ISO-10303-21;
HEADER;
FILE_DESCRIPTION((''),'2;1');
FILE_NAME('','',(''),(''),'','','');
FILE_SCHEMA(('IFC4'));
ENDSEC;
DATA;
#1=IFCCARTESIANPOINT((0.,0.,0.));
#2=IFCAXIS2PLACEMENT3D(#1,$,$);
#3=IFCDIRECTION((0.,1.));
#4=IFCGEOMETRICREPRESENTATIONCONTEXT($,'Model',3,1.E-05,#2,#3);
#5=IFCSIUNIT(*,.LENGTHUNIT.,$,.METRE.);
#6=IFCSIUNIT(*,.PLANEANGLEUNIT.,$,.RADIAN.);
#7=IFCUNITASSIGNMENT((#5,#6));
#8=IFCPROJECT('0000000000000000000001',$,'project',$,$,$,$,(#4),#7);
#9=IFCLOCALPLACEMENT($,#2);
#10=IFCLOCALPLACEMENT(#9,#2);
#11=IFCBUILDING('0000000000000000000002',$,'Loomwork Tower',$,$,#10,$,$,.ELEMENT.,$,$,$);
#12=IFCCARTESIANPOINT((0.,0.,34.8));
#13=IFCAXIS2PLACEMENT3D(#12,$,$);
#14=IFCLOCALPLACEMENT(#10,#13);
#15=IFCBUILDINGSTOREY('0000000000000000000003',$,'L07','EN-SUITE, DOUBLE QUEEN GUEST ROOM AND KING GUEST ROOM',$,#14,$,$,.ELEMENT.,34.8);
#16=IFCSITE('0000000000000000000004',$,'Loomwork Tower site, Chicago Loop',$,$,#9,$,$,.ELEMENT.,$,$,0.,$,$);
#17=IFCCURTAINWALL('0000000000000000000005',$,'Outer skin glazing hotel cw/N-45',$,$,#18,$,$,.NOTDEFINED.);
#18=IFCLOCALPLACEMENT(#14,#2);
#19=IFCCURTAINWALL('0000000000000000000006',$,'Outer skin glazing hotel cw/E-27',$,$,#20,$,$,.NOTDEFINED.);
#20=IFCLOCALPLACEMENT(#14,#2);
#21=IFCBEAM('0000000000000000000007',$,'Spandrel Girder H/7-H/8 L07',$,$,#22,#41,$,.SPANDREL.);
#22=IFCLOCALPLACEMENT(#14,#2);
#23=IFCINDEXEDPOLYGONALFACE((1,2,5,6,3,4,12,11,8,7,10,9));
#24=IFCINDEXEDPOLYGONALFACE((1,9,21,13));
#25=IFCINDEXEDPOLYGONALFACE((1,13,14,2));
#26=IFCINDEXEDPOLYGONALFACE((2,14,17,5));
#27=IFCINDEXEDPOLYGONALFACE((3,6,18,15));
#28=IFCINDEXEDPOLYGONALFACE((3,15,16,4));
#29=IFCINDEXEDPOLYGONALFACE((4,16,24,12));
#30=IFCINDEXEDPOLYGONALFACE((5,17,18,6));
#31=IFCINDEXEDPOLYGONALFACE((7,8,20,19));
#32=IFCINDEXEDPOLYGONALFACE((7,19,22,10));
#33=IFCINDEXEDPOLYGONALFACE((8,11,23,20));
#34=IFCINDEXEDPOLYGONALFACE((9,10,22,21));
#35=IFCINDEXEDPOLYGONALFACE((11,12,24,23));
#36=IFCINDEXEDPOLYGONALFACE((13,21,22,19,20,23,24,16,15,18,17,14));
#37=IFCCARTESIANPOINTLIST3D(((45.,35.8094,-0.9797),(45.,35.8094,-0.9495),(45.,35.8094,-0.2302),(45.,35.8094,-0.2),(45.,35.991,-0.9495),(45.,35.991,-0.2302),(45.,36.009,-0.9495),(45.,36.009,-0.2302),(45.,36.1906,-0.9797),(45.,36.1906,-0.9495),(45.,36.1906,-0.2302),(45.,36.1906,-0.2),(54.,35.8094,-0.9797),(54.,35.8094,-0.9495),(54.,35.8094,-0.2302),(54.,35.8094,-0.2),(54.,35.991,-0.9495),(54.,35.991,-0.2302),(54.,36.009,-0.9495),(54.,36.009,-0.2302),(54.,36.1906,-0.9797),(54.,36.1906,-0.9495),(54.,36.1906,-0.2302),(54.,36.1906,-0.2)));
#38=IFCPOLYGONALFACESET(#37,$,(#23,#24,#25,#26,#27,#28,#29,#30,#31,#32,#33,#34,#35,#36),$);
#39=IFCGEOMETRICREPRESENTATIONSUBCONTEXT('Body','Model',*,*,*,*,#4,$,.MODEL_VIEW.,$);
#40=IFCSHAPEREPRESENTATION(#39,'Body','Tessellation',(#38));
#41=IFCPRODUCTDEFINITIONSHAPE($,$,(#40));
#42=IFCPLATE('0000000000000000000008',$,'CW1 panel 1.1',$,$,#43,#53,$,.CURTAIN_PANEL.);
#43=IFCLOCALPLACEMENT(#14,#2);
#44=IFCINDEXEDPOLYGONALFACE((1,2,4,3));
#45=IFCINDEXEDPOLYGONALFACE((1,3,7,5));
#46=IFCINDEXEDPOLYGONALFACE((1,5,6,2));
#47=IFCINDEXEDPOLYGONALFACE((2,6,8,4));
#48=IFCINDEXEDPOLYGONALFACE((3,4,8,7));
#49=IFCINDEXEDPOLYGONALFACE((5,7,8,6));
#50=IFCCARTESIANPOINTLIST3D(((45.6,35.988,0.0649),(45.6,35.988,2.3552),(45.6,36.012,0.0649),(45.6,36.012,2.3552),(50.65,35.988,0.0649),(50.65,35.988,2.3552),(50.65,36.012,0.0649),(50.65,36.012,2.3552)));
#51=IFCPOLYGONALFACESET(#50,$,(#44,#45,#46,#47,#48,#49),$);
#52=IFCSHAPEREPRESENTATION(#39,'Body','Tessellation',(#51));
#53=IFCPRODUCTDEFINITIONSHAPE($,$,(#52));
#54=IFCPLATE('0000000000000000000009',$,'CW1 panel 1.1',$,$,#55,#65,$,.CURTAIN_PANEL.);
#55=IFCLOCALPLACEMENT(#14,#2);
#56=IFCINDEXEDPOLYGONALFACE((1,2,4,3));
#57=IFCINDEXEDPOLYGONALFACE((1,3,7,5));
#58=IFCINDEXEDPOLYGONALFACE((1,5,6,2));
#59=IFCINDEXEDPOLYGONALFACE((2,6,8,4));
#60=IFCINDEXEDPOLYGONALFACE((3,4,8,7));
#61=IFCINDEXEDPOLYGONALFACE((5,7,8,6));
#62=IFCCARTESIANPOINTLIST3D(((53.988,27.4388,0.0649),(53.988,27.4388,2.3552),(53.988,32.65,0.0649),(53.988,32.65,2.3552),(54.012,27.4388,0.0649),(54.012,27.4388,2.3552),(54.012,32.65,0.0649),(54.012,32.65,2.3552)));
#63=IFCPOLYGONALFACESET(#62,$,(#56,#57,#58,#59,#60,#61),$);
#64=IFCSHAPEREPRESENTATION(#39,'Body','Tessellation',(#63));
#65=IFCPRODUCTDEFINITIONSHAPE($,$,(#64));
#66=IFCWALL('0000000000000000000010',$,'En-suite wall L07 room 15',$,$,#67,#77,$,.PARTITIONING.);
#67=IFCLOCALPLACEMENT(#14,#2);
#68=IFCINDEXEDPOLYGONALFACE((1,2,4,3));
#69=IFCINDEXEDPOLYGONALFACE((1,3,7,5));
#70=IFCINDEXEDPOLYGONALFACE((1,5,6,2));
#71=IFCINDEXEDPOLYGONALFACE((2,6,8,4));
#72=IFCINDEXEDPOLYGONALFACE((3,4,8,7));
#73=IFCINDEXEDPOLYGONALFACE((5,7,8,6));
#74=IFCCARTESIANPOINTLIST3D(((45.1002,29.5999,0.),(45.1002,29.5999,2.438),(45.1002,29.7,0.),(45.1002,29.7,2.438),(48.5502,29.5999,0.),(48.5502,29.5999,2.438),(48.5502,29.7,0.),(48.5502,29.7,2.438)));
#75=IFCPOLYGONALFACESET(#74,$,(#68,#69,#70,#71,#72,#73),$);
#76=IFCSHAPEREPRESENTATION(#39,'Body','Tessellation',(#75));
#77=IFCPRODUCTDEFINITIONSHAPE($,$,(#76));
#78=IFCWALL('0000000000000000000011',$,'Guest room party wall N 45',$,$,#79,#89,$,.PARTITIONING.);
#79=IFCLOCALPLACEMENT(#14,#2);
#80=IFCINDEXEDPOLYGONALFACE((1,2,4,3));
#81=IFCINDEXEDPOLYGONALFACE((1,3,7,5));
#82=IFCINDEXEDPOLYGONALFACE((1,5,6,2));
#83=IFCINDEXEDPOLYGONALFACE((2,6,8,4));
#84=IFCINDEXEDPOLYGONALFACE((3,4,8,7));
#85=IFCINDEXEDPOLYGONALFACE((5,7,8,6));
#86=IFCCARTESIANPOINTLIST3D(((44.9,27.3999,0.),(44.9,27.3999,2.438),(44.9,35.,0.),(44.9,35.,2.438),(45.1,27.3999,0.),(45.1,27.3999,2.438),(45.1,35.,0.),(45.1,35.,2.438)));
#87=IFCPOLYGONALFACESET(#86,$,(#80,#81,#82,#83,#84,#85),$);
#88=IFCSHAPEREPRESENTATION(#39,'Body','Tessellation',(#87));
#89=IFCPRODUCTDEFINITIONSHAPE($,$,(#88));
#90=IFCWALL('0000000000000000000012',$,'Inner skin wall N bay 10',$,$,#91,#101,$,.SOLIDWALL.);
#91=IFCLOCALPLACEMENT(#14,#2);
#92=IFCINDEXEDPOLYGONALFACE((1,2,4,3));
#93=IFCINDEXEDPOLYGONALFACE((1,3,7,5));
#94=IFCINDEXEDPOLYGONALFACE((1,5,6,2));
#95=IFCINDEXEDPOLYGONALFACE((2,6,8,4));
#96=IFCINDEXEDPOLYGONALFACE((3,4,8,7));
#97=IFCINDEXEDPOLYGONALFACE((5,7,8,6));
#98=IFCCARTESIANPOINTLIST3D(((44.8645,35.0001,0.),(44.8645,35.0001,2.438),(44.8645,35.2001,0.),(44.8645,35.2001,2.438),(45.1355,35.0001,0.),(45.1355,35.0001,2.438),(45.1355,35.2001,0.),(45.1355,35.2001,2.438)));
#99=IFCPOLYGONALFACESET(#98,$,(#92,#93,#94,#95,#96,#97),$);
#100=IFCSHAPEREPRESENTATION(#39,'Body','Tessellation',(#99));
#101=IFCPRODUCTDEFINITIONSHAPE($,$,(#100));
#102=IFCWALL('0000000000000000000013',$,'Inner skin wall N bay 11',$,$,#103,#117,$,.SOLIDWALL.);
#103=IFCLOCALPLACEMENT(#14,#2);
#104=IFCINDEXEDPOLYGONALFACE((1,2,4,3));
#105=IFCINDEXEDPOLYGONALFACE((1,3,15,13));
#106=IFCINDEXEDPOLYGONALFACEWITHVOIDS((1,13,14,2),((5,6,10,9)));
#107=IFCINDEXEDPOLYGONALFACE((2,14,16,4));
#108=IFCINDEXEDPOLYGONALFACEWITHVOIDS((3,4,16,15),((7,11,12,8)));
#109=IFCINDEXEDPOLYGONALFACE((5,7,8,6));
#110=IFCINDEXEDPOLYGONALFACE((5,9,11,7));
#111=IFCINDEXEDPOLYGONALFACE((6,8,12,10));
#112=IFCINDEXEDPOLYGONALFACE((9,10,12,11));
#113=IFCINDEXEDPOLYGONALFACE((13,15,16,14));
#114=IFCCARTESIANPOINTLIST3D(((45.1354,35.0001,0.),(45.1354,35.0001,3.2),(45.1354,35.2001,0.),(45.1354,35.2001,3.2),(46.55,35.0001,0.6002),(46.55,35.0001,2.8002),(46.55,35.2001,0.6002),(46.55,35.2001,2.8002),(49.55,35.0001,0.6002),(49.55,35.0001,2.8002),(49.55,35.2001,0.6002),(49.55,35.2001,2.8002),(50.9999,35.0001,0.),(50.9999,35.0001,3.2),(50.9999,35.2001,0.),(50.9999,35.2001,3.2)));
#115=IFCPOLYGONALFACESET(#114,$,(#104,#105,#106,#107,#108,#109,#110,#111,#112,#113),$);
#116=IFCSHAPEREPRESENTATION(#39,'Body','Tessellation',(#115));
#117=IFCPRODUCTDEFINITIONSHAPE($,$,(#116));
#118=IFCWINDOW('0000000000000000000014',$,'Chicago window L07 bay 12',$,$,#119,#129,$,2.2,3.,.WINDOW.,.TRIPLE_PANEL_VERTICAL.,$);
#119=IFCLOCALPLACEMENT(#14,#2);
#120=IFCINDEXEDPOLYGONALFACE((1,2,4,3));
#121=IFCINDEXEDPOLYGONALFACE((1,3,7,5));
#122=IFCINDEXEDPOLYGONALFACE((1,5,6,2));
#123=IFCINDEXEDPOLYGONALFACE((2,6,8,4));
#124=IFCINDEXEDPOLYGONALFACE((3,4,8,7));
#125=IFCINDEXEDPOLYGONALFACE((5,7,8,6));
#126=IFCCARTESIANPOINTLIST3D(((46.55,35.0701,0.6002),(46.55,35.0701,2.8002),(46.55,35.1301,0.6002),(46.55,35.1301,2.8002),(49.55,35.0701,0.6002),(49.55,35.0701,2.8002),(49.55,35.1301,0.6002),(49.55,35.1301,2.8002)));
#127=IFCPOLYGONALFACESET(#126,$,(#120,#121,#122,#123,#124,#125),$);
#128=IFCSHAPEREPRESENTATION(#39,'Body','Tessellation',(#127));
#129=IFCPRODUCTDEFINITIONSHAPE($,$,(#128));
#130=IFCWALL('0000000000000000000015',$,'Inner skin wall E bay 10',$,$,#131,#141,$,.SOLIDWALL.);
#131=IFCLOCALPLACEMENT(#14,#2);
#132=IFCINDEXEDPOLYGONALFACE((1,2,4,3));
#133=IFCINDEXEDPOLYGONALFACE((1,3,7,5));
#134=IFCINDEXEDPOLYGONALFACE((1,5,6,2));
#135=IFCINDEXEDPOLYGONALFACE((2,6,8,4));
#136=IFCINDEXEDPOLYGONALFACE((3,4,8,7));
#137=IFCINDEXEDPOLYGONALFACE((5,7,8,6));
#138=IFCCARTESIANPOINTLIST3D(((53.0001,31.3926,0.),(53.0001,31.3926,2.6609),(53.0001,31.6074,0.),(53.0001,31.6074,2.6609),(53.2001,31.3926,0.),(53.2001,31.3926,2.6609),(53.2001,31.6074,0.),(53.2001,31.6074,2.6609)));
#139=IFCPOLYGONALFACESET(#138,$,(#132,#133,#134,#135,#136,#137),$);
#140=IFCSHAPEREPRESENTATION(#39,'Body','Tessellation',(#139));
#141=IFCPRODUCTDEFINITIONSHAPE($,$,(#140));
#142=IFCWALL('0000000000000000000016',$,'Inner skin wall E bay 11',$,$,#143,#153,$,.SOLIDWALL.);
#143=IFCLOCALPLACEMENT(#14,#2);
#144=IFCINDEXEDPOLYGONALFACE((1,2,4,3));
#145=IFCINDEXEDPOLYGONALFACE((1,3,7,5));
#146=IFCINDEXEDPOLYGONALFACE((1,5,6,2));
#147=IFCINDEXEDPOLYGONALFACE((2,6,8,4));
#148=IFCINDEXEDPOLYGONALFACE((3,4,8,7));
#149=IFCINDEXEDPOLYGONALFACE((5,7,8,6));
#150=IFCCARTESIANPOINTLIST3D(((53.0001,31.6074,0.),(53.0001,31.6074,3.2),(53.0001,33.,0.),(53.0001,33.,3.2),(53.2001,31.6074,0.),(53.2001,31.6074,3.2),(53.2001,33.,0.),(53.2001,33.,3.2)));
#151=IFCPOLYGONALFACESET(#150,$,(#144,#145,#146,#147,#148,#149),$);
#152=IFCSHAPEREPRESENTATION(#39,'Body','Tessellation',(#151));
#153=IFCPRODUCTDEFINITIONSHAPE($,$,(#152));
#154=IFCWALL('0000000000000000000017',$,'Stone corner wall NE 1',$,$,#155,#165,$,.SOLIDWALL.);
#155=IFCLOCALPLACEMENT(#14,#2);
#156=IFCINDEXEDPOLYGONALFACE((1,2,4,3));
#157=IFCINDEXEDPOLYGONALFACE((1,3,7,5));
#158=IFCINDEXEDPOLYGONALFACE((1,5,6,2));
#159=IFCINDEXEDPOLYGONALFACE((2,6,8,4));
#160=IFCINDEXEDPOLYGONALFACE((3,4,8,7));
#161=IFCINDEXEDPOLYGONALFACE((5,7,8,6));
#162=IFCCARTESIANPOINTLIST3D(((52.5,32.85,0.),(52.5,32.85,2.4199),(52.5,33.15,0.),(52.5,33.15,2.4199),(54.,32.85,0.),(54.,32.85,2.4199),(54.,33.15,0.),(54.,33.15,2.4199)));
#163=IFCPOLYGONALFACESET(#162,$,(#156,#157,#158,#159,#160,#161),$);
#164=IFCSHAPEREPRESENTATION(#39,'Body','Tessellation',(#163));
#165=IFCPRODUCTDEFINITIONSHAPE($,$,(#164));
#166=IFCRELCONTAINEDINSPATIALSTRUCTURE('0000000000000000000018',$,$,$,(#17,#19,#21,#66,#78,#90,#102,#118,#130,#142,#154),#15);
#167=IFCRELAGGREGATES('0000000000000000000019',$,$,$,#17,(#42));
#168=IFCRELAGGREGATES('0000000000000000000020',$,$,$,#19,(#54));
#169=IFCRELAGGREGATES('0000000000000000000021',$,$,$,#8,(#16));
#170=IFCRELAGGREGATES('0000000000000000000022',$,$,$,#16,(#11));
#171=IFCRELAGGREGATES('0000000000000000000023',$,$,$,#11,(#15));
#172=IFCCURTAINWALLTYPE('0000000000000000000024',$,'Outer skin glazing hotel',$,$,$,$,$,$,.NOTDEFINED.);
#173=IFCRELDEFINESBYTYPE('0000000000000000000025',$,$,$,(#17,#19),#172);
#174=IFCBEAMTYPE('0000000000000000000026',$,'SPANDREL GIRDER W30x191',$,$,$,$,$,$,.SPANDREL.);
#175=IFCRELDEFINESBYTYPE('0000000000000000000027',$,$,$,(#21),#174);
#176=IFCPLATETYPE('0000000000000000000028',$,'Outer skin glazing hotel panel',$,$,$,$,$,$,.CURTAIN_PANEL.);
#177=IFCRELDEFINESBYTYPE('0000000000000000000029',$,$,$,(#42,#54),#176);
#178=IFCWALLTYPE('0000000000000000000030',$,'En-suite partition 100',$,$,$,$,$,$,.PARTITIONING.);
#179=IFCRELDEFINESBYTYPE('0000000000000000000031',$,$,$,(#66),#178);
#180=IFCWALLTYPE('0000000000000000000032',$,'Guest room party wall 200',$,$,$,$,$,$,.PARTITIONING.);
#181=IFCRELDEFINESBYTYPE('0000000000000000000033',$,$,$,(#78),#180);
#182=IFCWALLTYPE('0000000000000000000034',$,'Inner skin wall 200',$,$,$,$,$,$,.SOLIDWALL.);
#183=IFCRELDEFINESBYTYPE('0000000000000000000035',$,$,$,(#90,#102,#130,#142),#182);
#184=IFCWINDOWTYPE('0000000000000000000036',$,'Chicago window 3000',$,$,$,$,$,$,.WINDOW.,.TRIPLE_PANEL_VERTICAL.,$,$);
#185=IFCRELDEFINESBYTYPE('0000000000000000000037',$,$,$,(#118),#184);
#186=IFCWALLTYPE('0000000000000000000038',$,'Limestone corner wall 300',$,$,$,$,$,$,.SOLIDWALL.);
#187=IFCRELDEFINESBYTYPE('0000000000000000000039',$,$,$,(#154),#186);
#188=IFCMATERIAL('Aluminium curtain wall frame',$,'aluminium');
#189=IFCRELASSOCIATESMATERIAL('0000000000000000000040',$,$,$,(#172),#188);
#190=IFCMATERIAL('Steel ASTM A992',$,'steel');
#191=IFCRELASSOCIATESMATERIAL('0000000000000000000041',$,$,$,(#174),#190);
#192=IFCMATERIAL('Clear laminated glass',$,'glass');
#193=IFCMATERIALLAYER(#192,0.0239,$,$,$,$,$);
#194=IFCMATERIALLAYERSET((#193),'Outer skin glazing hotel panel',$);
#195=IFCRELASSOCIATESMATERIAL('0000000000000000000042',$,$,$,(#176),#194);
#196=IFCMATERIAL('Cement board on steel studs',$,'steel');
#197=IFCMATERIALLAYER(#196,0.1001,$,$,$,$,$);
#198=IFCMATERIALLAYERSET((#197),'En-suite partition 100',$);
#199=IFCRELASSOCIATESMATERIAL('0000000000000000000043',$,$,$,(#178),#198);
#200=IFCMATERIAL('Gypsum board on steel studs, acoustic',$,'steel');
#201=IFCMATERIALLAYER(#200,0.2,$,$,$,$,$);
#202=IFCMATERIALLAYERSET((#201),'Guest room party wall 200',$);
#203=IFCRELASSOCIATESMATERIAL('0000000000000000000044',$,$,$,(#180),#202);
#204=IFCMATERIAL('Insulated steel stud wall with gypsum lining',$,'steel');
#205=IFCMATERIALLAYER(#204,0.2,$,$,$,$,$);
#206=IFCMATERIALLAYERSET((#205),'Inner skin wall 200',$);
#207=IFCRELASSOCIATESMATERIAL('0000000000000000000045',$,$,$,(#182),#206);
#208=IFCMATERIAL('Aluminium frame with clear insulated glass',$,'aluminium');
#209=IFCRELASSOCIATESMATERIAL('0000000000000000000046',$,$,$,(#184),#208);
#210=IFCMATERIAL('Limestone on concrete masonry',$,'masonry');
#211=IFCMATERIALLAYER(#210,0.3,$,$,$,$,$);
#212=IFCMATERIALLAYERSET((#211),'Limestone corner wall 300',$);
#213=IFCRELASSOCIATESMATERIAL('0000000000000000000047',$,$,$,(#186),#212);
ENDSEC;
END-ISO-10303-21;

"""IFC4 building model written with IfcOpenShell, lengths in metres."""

from ifc_helpers import new_model, si_unit, direction, frame, frame_2d, origin, origin_2d, place, context, subcontext, project, spatial, rectangle, i_section, extrude, material, layer, layer_set, material_profile, profile_set, type_object, element, fill, aggregate, save


model = new_model("IFC4")

# Units and contexts
model_context = context("Model", 3, precision=1e-05, world=origin(), true_north=direction((0.0, 1.0)))
body_context = subcontext(model_context, "Body", "Model", "MODEL_VIEW")
ifc_project = project(units=[si_unit("LENGTHUNIT", "METRE"), si_unit("PLANEANGLEUNIT", "RADIAN")], contexts=[model_context])

# Site, building, storey
site_placement = place(None, origin())
site = spatial("IfcSite", under=ifc_project, at=site_placement, Name="Loomwork Tower site, Chicago Loop", CompositionType="ELEMENT", RefElevation=0.0)
building_placement = place(site_placement, origin())
building = spatial("IfcBuilding", under=site, at=building_placement, Name="Loomwork Tower", CompositionType="ELEMENT")
storey_placement = place(building_placement, frame((0.0, 0.0, 34.8)))
storey = spatial("IfcBuildingStorey", under=building, at=storey_placement, Name="L07", Description="EN-SUITE, DOUBLE QUEEN GUEST ROOM AND KING GUEST ROOM", CompositionType="ELEMENT", Elevation=34.8)

# Shared definitions
ifc_material_1 = material(Name="Aluminium curtain wall frame", Category="aluminium")
curtain_wall_type = type_object("IfcCurtainWallType", Name="Outer skin glazing hotel", PredefinedType="NOTDEFINED", material=ifc_material_1)

# Curtain wall
curtain_wall_1_placement = place(storey_placement, origin())
curtain_wall_1 = element("IfcCurtainWall", 1, at=curtain_wall_1_placement, inside=storey, type_object=curtain_wall_type, Name="Outer skin glazing hotel cw/N-45", PredefinedType="NOTDEFINED")

# Curtain wall
curtain_wall_2_placement = place(storey_placement, origin())
curtain_wall_2 = element("IfcCurtainWall", 2, at=curtain_wall_2_placement, inside=storey, type_object=curtain_wall_type, Name="Outer skin glazing hotel cw/E-27", PredefinedType="NOTDEFINED")

# Beam
ifc_material_2 = material(Name="Steel ASTM A992", Category="steel")
ifc_material_profile_1 = material_profile(ifc_material_2, i_section(OverallWidth=0.3811, OverallDepth=0.7798, WebThickness=0.0181, FlangeThickness=0.0303, at=origin_2d()), Name="W30x191")
ifc_profile_set_1 = profile_set([ifc_material_profile_1], Name="Steel ASTM A992")
beam_type_1 = type_object("IfcBeamType", Name="SPANDREL GIRDER W30x191", PredefinedType="SPANDREL", material=ifc_profile_set_1)
beam_1_placement = place(storey_placement, frame((45.0, 36.0, -0.5898), z_axis=(1.0, 0.0, 0.0), x_axis=(0.0, 1.0, 0.0)))
element("IfcBeam", 3, at=beam_1_placement, inside=storey, type_object=beam_type_1, Name="Spandrel Girder H/7-H/8 L07", PredefinedType="SPANDREL", context=body_context, shape_type="SweptSolid", body=[
    extrude(i_section(OverallWidth=0.3811, OverallDepth=0.7798, WebThickness=0.0181, FlangeThickness=0.0303, at=origin_2d()), origin(), (0.0, 0.0, 1.0), 9.0),
])

# Plates
ifc_material_3 = material(Name="Clear laminated glass", Category="glass")
ifc_layer_1 = layer(ifc_material_3, 0.0239)
ifc_layer_set_1 = layer_set([ifc_layer_1], Name="Outer skin glazing hotel panel")
plate_type = type_object("IfcPlateType", Name="Outer skin glazing hotel panel", PredefinedType="CURTAIN_PANEL", material=ifc_layer_set_1)
plate_1_placement = place(storey_placement, frame((48.125, 36.0, 0.0649), z_axis=(0.0, 0.0, 1.0), x_axis=(-1.0, 0.0, 0.0)))
plate_1 = element("IfcPlate", 4, at=plate_1_placement, type_object=plate_type, Name="CW1 panel 1.1", PredefinedType="CURTAIN_PANEL", context=body_context, shape_type="SweptSolid", body=[
    extrude(rectangle(XDim=5.05, YDim=0.0239, at=origin_2d()), origin(), (0.0, 0.0, 1.0), 2.2903),
])
aggregate(curtain_wall_1, [plate_1])
plate_2_placement = place(storey_placement, frame((54.0, 30.0444, 0.0649), z_axis=(0.0, 0.0, 1.0), x_axis=(0.0, 1.0, 0.0)))
plate_2 = element("IfcPlate", 5, at=plate_2_placement, type_object=plate_type, Name="CW1 panel 1.1", PredefinedType="CURTAIN_PANEL", context=body_context, shape_type="SweptSolid", body=[
    extrude(rectangle(XDim=5.2112, YDim=0.0239, at=origin_2d()), origin(), (0.0, 0.0, 1.0), 2.2903),
])
aggregate(curtain_wall_2, [plate_2])

# Walls
ifc_material_4 = material(Name="Cement board on steel studs", Category="steel")
ifc_layer_2 = layer(ifc_material_4, 0.1001)
ifc_layer_set_2 = layer_set([ifc_layer_2], Name="En-suite partition 100")
wall_type_1 = type_object("IfcWallType", Name="En-suite partition 100", PredefinedType="PARTITIONING", material=ifc_layer_set_2)
wall_1_placement = place(storey_placement, frame((45.1001, 29.6499, 0.0), z_axis=(0.0, 0.0, 1.0), x_axis=(1.0, 0.0, 0.0)))
element("IfcWall", 6, at=wall_1_placement, inside=storey, type_object=wall_type_1, Name="En-suite wall L07 room 15", PredefinedType="PARTITIONING", context=body_context, shape_type="SweptSolid", body=[
    extrude(rectangle(XDim=3.45, YDim=0.1001, at=frame_2d((1.7251, 0.0))), origin(), (0.0, 0.0, 1.0), 2.438),
])
ifc_material_5 = material(Name="Gypsum board on steel studs, acoustic", Category="steel")
ifc_layer_3 = layer(ifc_material_5, 0.2)
ifc_layer_set_3 = layer_set([ifc_layer_3], Name="Guest room party wall 200")
wall_type_2 = type_object("IfcWallType", Name="Guest room party wall 200", PredefinedType="PARTITIONING", material=ifc_layer_set_3)
wall_2_placement = place(storey_placement, frame((45.0, 27.3999, 0.0), z_axis=(0.0, 0.0, 1.0), x_axis=(0.0, 1.0, 0.0)))
element("IfcWall", 7, at=wall_2_placement, inside=storey, type_object=wall_type_2, Name="Guest room party wall N 45", PredefinedType="PARTITIONING", context=body_context, shape_type="SweptSolid", body=[
    extrude(rectangle(XDim=7.6001, YDim=0.2, at=frame_2d((3.8, 0.0))), origin(), (0.0, 0.0, 1.0), 2.438),
])
ifc_material_6 = material(Name="Insulated steel stud wall with gypsum lining", Category="steel")
ifc_layer_4 = layer(ifc_material_6, 0.2)
ifc_layer_set_4 = layer_set([ifc_layer_4], Name="Inner skin wall 200")
wall_type_3 = type_object("IfcWallType", Name="Inner skin wall 200", PredefinedType="SOLIDWALL", material=ifc_layer_set_4)
wall_3_placement = place(storey_placement, frame((44.8645, 35.1001, 0.0), z_axis=(0.0, 0.0, 1.0), x_axis=(1.0, 0.0, 0.0)))
element("IfcWall", 8, at=wall_3_placement, inside=storey, type_object=wall_type_3, Name="Inner skin wall N bay 10", PredefinedType="SOLIDWALL", context=body_context, shape_type="SweptSolid", body=[
    extrude(rectangle(XDim=0.271, YDim=0.2, at=frame_2d((0.1355, 0.0))), origin(), (0.0, 0.0, 1.0), 2.438),
])

# Wall, opening, window
wall_4_placement = place(storey_placement, frame((45.1355, 35.1001, 0.0), z_axis=(0.0, 0.0, 1.0), x_axis=(1.0, 0.0, 0.0)))
wall_4 = element("IfcWall", 9, at=wall_4_placement, inside=storey, type_object=wall_type_3, Name="Inner skin wall N bay 11", PredefinedType="SOLIDWALL", context=body_context, shape_type="SweptSolid", body=[
    extrude(rectangle(XDim=5.8645, YDim=0.2, at=frame_2d((2.9321, 0.0))), origin(), (0.0, 0.0, 1.0), 3.2),
])
opening_1_placement = place(wall_4_placement, frame((1.4146, 0.0, 0.6001)))
opening_1 = element("IfcOpeningElement", 10, at=opening_1_placement, cuts=wall_4, PredefinedType="OPENING", context=body_context, shape_type="SweptSolid", body=[
    extrude(rectangle(XDim=3.0, YDim=2.2, at=frame_2d((1.5, 1.1001))), frame((0.0, 0.1099, 0.0), z_axis=(0.0, -1.0, 0.0), x_axis=(1.0, 0.0, 0.0)), (0.0, 0.0, 1.0), 0.22),
])
ifc_material_7 = material(Name="Aluminium frame with clear insulated glass", Category="aluminium")
window_type_1 = type_object("IfcWindowType", Name="Chicago window 3000", PartitioningType="TRIPLE_PANEL_VERTICAL", PredefinedType="WINDOW", material=ifc_material_7)
window_1_placement = place(opening_1_placement, origin())
window_1 = element("IfcWindow", 11, at=window_1_placement, inside=storey, type_object=window_type_1, Name="Chicago window L07 bay 12", OverallHeight=2.2, OverallWidth=3.0, PartitioningType="TRIPLE_PANEL_VERTICAL", PredefinedType="WINDOW", context=body_context, shape_type="SweptSolid", body=[
    extrude(rectangle(XDim=3.0, YDim=2.2, at=frame_2d((1.5, 1.1001))), frame((0.0, 0.03, 0.0), z_axis=(0.0, -1.0, 0.0), x_axis=(1.0, 0.0, 0.0)), (0.0, 0.0, 1.0), 0.0601),
])
fill(opening_1, window_1)

# Walls
wall_5_placement = place(storey_placement, frame((53.1001, 31.3926, 0.0), z_axis=(0.0, 0.0, 1.0), x_axis=(0.0, 1.0, 0.0)))
element("IfcWall", 12, at=wall_5_placement, inside=storey, type_object=wall_type_3, Name="Inner skin wall E bay 10", PredefinedType="SOLIDWALL", context=body_context, shape_type="SweptSolid", body=[
    extrude(rectangle(XDim=0.2148, YDim=0.2, at=frame_2d((0.1074, 0.0))), origin(), (0.0, 0.0, 1.0), 2.6609),
])
wall_6_placement = place(storey_placement, frame((53.1001, 31.6074, 0.0), z_axis=(0.0, 0.0, 1.0), x_axis=(0.0, 1.0, 0.0)))
element("IfcWall", 13, at=wall_6_placement, inside=storey, type_object=wall_type_3, Name="Inner skin wall E bay 11", PredefinedType="SOLIDWALL", context=body_context, shape_type="SweptSolid", body=[
    extrude(rectangle(XDim=1.3926, YDim=0.2, at=frame_2d((0.6963, 0.0))), origin(), (0.0, 0.0, 1.0), 3.2),
])
ifc_material_8 = material(Name="Limestone on concrete masonry", Category="masonry")
ifc_layer_5 = layer(ifc_material_8, 0.3)
ifc_layer_set_5 = layer_set([ifc_layer_5], Name="Limestone corner wall 300")
wall_type_4 = type_object("IfcWallType", Name="Limestone corner wall 300", PredefinedType="SOLIDWALL", material=ifc_layer_set_5)
wall_7_placement = place(storey_placement, frame((54.0, 33.0, 0.0), z_axis=(0.0, 0.0, 1.0), x_axis=(-1.0, 0.0, 0.0)))
element("IfcWall", 14, at=wall_7_placement, inside=storey, type_object=wall_type_4, Name="Stone corner wall NE 1", PredefinedType="SOLIDWALL", context=body_context, shape_type="SweptSolid", body=[
    extrude(rectangle(XDim=1.5, YDim=0.3, at=frame_2d((0.75, 0.0))), origin(), (0.0, 0.0, 1.0), 2.4199),
])

save(model, "model.ifc")
